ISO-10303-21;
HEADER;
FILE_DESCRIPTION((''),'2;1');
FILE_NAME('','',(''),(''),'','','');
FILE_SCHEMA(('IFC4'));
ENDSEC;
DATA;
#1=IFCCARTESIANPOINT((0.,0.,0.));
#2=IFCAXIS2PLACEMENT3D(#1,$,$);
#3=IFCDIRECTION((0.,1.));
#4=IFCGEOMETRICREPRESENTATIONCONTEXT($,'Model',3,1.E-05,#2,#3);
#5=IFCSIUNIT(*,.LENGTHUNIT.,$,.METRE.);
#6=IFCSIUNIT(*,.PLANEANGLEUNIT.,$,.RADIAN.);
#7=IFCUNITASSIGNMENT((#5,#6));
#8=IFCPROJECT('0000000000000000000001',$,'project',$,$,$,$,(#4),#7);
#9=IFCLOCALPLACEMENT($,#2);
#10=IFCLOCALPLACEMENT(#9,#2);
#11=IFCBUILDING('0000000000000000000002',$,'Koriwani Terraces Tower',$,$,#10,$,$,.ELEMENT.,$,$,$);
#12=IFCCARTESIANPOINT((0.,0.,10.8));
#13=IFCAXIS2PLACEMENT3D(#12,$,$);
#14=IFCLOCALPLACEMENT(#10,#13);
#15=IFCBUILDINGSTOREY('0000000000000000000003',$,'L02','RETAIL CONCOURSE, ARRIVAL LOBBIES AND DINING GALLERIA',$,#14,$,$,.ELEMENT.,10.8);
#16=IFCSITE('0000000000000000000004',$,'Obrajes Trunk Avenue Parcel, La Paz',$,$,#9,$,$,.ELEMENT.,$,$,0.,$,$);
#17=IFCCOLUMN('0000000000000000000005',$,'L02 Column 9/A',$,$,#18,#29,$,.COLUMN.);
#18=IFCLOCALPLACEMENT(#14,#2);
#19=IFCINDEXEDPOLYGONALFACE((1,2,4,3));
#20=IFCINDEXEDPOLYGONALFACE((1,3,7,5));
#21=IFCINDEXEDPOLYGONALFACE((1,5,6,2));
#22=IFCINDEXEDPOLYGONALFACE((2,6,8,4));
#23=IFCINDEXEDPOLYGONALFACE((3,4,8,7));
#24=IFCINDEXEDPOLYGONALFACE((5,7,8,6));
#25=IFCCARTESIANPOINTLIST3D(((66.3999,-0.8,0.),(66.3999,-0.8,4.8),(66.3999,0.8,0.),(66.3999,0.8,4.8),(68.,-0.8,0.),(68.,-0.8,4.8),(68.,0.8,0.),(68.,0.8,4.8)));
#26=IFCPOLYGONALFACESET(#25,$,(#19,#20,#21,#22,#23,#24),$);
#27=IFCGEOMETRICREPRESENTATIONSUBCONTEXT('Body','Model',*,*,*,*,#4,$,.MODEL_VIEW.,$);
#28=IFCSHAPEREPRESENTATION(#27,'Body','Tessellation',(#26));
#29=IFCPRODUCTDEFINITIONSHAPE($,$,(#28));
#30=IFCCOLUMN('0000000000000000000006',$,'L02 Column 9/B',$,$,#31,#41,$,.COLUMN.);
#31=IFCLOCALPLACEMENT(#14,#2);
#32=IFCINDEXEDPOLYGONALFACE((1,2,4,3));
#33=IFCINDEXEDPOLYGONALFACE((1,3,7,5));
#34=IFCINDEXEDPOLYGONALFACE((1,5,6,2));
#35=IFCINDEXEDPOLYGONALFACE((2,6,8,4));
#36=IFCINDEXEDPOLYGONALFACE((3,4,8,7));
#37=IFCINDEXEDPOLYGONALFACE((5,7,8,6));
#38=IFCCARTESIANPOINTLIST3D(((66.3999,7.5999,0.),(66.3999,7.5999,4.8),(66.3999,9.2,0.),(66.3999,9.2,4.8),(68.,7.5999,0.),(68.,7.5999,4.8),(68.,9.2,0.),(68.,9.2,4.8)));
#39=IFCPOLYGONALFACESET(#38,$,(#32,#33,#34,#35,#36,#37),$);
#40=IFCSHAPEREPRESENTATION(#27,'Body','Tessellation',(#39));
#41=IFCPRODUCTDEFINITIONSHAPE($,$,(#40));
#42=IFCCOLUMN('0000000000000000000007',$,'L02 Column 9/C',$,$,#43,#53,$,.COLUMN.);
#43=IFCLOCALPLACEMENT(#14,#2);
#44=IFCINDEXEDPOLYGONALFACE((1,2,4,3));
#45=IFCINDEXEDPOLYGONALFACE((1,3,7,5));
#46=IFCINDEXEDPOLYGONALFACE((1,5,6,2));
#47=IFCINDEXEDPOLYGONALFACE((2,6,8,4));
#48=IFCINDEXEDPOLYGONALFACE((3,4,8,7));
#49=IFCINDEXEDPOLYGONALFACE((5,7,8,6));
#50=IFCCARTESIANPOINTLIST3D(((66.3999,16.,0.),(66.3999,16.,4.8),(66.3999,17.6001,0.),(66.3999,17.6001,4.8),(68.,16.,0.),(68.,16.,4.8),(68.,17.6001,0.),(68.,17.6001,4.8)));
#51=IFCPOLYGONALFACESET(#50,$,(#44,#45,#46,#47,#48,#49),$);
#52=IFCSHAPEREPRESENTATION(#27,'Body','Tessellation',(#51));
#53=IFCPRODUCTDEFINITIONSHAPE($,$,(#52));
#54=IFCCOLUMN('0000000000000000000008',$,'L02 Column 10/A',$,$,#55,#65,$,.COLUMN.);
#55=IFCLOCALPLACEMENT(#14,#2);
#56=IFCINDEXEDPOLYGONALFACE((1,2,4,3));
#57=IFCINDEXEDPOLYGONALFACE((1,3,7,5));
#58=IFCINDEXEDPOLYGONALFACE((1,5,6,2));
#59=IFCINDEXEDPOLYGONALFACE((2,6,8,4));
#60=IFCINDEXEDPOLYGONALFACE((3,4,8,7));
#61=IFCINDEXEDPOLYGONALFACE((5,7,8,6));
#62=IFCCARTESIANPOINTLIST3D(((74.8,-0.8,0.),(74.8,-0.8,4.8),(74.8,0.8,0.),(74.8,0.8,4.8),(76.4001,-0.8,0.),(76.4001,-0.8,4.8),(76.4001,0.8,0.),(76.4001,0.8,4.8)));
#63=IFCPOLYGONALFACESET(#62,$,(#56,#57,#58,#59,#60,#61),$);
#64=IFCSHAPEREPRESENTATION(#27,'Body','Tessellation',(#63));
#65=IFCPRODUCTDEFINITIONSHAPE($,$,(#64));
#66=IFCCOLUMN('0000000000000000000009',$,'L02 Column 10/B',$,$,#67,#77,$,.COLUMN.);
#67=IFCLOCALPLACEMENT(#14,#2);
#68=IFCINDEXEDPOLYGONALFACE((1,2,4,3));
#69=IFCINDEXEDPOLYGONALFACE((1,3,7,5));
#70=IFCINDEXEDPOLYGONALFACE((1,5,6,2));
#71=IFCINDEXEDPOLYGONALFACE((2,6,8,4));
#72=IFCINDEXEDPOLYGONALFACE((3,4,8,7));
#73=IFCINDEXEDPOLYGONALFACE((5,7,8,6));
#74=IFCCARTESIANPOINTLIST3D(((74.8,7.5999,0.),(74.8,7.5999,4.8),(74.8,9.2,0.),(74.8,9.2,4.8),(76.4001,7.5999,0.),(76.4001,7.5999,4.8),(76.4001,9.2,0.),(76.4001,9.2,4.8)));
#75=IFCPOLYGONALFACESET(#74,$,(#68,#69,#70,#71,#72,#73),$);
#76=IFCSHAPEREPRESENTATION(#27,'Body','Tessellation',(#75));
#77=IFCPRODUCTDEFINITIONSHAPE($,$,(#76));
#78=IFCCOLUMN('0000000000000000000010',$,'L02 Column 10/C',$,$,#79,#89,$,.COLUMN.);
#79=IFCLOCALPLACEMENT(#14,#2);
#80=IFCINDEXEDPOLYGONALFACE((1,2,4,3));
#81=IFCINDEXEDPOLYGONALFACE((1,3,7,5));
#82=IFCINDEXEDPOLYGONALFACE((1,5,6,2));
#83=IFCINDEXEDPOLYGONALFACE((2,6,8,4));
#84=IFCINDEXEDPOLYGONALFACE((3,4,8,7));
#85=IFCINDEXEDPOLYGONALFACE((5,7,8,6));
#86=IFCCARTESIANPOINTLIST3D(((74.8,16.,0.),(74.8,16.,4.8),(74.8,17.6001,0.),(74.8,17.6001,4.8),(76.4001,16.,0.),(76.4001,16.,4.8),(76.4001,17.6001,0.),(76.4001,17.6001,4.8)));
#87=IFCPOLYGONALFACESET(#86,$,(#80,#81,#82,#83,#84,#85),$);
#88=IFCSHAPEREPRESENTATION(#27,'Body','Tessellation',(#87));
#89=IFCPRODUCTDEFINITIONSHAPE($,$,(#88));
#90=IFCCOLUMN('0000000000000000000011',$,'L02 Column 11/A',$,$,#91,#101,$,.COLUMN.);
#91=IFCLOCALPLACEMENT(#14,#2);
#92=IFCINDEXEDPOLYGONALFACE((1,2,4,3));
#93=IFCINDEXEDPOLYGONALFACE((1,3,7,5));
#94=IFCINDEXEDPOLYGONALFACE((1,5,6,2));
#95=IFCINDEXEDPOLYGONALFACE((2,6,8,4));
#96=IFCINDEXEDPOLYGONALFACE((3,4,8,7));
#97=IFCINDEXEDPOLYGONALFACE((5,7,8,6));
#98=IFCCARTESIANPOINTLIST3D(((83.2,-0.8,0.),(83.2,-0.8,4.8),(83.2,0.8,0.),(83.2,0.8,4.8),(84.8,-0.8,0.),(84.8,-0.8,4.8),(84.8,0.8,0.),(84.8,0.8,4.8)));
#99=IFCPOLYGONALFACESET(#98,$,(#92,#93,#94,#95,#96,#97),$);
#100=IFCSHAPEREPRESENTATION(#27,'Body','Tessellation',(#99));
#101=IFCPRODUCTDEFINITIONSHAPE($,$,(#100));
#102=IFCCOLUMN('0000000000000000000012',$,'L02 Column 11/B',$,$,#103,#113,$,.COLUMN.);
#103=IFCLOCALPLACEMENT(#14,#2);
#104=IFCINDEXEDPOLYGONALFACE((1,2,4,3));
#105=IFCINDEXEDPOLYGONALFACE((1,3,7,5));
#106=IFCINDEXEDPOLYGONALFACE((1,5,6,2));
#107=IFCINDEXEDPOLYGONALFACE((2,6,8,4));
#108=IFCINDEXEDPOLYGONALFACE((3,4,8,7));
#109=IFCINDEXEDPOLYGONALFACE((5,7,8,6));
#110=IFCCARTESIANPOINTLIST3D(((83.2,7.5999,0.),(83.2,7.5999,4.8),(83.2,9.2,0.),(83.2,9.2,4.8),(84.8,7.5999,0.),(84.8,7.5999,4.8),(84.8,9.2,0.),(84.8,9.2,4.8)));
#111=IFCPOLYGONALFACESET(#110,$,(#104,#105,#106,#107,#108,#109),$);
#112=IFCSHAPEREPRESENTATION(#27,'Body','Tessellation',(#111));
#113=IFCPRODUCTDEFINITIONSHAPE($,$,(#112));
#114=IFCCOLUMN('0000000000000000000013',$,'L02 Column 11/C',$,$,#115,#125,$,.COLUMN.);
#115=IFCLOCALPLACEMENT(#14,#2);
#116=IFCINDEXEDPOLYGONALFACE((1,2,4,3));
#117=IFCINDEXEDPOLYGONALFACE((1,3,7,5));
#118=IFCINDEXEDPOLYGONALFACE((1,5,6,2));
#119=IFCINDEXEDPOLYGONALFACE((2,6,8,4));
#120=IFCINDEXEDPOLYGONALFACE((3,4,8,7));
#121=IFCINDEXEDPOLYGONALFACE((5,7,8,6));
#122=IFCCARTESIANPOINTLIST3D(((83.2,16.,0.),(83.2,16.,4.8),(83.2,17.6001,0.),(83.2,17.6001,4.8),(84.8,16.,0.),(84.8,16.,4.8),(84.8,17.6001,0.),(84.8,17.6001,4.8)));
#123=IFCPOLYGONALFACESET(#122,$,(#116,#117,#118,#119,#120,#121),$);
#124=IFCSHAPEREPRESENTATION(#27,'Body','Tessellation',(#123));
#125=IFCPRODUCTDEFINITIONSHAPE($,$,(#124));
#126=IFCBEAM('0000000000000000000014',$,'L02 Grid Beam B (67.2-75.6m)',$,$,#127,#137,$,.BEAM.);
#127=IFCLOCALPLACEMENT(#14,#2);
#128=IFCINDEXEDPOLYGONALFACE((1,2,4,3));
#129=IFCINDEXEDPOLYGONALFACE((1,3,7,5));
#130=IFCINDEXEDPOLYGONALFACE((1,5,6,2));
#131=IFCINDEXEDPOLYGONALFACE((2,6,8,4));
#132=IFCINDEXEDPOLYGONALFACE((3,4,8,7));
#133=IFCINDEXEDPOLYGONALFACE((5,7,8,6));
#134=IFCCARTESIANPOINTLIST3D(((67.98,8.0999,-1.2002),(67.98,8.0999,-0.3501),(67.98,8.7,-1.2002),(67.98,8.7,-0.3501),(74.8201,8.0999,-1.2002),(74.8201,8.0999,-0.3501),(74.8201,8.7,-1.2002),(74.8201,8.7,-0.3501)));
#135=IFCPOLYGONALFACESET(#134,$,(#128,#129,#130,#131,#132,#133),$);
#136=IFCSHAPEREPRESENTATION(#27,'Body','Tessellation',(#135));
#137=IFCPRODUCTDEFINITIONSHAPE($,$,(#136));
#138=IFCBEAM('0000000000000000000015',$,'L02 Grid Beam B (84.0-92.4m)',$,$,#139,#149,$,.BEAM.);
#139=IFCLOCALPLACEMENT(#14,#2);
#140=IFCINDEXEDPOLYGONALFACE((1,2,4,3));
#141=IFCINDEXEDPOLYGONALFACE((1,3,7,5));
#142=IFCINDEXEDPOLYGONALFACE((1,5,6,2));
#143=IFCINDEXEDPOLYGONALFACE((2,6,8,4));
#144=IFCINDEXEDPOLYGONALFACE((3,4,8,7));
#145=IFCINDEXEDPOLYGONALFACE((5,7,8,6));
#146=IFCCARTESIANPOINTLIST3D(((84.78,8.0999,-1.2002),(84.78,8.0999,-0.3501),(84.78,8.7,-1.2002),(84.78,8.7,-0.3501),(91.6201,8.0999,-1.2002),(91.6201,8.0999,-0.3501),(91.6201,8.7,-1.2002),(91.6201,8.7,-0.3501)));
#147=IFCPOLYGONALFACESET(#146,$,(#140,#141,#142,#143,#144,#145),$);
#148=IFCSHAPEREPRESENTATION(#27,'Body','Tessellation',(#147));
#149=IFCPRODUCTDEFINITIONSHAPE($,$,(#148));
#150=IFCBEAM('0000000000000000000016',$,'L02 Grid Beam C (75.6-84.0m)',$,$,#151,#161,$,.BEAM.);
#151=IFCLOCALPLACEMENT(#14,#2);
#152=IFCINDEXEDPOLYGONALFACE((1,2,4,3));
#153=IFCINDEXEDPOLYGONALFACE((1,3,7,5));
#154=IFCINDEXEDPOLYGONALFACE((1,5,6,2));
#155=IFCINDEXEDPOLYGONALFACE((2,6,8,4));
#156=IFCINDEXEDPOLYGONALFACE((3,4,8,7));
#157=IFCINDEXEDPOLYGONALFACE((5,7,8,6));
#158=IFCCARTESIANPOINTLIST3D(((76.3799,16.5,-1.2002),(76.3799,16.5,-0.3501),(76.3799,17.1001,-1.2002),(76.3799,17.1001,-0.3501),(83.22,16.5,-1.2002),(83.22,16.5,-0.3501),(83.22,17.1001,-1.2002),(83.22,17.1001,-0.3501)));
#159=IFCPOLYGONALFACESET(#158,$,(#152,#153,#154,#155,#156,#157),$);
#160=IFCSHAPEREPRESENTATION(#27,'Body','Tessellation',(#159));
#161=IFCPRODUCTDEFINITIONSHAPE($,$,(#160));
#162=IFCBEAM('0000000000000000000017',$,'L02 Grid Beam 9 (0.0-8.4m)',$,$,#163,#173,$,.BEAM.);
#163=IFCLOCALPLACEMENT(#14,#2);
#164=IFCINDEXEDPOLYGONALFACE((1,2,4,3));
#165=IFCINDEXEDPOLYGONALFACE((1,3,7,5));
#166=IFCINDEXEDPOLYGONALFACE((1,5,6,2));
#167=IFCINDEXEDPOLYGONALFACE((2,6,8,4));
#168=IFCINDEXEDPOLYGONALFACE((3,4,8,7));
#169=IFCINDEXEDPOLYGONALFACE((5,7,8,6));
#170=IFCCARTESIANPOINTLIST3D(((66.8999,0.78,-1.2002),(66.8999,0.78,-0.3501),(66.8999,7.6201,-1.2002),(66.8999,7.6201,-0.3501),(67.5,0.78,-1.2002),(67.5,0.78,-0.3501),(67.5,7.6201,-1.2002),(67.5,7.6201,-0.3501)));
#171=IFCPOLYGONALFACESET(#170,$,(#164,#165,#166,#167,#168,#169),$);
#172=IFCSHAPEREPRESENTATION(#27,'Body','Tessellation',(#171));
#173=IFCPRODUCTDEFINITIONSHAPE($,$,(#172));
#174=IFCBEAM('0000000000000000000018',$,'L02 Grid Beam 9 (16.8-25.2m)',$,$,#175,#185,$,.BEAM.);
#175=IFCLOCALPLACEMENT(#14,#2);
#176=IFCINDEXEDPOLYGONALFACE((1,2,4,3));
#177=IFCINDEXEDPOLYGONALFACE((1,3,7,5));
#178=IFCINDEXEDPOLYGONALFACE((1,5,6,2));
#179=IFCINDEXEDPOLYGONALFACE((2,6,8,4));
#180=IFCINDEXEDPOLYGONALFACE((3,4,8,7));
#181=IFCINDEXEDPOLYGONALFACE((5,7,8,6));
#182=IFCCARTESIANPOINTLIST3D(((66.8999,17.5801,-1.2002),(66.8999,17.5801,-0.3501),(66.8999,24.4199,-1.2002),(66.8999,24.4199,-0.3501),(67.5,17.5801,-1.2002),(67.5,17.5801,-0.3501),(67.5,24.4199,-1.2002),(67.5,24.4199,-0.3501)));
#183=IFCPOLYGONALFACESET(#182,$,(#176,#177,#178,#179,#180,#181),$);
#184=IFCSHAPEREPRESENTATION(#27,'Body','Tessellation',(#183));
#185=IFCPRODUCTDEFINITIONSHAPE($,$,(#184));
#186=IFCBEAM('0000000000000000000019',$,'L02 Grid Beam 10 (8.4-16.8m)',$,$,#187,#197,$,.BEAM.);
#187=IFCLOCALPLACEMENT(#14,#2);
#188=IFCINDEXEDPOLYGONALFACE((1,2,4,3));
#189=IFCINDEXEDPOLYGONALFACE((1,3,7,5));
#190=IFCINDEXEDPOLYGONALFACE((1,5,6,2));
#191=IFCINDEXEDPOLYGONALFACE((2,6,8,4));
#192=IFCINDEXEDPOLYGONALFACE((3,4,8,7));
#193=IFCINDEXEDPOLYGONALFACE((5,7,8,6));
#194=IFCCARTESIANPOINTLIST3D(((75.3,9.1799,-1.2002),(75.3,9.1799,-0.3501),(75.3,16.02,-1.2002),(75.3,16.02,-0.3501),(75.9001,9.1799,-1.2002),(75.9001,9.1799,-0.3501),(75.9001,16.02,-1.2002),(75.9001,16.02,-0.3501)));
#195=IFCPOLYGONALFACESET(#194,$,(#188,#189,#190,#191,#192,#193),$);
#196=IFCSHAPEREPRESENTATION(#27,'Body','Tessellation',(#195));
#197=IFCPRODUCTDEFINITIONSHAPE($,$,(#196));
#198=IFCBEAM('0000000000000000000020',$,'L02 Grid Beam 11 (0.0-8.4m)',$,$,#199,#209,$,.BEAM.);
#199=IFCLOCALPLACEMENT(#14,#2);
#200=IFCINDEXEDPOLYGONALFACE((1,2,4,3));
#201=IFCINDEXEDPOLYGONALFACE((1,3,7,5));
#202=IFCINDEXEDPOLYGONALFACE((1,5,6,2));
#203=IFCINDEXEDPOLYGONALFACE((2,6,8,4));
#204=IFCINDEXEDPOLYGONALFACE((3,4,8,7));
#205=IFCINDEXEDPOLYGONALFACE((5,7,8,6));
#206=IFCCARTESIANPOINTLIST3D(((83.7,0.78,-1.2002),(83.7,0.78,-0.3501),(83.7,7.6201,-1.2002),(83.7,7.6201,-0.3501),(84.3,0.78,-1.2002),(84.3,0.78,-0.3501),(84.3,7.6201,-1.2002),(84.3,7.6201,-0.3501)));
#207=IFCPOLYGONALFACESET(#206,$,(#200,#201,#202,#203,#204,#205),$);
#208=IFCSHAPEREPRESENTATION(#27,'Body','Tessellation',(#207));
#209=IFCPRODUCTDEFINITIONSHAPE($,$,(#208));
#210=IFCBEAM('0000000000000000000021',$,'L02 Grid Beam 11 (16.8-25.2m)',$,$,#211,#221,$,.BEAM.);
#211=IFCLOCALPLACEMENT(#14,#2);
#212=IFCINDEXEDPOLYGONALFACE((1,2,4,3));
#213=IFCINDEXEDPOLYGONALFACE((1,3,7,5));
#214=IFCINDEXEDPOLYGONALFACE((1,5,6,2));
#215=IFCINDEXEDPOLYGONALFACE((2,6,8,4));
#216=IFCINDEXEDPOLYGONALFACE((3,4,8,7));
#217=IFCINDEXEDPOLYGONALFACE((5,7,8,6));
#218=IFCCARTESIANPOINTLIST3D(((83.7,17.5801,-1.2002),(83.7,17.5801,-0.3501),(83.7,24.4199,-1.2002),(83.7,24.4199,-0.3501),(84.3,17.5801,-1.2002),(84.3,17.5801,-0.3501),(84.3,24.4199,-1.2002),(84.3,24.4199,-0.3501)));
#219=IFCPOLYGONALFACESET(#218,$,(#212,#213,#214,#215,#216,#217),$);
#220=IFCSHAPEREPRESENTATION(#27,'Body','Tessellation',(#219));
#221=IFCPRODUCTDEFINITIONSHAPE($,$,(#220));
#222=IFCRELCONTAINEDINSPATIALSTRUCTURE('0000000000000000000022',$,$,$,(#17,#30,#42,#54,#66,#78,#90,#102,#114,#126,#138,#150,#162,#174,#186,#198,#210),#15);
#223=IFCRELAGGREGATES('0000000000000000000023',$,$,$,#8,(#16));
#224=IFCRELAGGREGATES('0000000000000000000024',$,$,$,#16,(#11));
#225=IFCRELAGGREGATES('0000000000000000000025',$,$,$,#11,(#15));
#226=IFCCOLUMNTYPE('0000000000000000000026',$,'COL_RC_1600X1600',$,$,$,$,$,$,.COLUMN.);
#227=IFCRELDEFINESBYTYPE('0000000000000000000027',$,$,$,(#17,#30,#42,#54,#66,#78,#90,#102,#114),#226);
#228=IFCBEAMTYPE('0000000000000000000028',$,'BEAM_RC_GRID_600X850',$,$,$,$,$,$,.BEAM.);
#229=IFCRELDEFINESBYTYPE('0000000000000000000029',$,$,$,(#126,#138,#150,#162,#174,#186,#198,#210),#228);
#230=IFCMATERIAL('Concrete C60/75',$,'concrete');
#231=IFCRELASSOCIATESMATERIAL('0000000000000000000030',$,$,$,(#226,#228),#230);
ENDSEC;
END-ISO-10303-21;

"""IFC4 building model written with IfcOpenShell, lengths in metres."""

from ifc_helpers import new_model, si_unit, direction, frame, origin, origin_2d, place, context, subcontext, project, spatial, rectangle, extrude, material, material_profile, profile_set, type_object, element, save


model = new_model("IFC4")

# Units and contexts
model_context = context("Model", 3, precision=1e-05, world=origin(), true_north=direction((0.0, 1.0)))
body_context = subcontext(model_context, "Body", "Model", "MODEL_VIEW")
ifc_project = project(units=[si_unit("LENGTHUNIT", "METRE"), si_unit("PLANEANGLEUNIT", "RADIAN")], contexts=[model_context])

# Site, building, storey
site_placement = place(None, origin())
site = spatial("IfcSite", under=ifc_project, at=site_placement, Name="Obrajes Trunk Avenue Parcel, La Paz", CompositionType="ELEMENT", RefElevation=0.0)
building_placement = place(site_placement, origin())
building = spatial("IfcBuilding", under=site, at=building_placement, Name="Koriwani Terraces Tower", CompositionType="ELEMENT")
storey_placement = place(building_placement, frame((0.0, 0.0, 10.8)))
storey = spatial("IfcBuildingStorey", under=building, at=storey_placement, Name="L02", Description="RETAIL CONCOURSE, ARRIVAL LOBBIES AND DINING GALLERIA", CompositionType="ELEMENT", Elevation=10.8)

# Columns
ifc_material_1 = material(Name="Concrete C60/75", Category="concrete")
ifc_material_profile_1 = material_profile(ifc_material_1, rectangle(XDim=1.6001, YDim=1.6001, at=origin_2d()), Name="Concrete C60/75", Category="LoadBearing")
ifc_profile_set_1 = profile_set([ifc_material_profile_1], Name="Concrete C60/75")
column_type = type_object("IfcColumnType", Name="COL_RC_1600X1600", PredefinedType="COLUMN", material=ifc_profile_set_1)
for number, where, z_axis, x_axis, name in (
    (1, (67.2, 0.0, 0.0), (0.0, 0.0, 1.0), (1.0, 0.0, 0.0), "L02 Column 9/A"),
    (2, (67.2, 8.3999, 0.0), (0.0, 0.0, 1.0), (1.0, 0.0, 0.0), "L02 Column 9/B"),
    (3, (67.2, 16.8, 0.0), (0.0, 0.0, 1.0), (1.0, 0.0, 0.0), "L02 Column 9/C"),
    (4, (75.6001, 0.0, 0.0), (0.0, 0.0, 1.0), (1.0, 0.0, 0.0), "L02 Column 10/A"),
    (5, (75.6001, 8.3999, 0.0), (0.0, 0.0, 1.0), (1.0, 0.0, 0.0), "L02 Column 10/B"),
    (6, (75.6001, 16.8, 0.0), (0.0, 0.0, 1.0), (1.0, 0.0, 0.0), "L02 Column 10/C"),
    (7, (84.0, 0.0, 0.0), (0.0, 0.0, 1.0), (1.0, 0.0, 0.0), "L02 Column 11/A"),
    (8, (84.0, 8.3999, 0.0), (0.0, 0.0, 1.0), (1.0, 0.0, 0.0), "L02 Column 11/B"),
    (9, (84.0, 16.8, 0.0), (0.0, 0.0, 1.0), (1.0, 0.0, 0.0), "L02 Column 11/C"),
):
    element("IfcColumn", number, at=place(storey_placement, frame(where, z_axis=z_axis, x_axis=x_axis)), inside=storey, type_object=column_type, Name=name, PredefinedType="COLUMN", context=body_context, shape_type="SweptSolid", body=[
        extrude(rectangle(XDim=1.6001, YDim=1.6001, at=origin_2d()), origin(), (0.0, 0.0, 1.0), 4.8),
    ])

# Beams
ifc_material_profile_2 = material_profile(ifc_material_1, rectangle(XDim=0.6001, YDim=0.8501, at=origin_2d()), Name="Concrete C60/75", Category="LoadBearing")
ifc_profile_set_2 = profile_set([ifc_material_profile_2], Name="Concrete C60/75")
beam_type_1 = type_object("IfcBeamType", Name="BEAM_RC_GRID_600X850", PredefinedType="BEAM", material=ifc_profile_set_2)
for number, where, z_axis, x_axis, name in (
    (10, (67.98, 8.3999, -0.7751), (1.0, 0.0, 0.0), (0.0, 1.0, 0.0), "L02 Grid Beam B (67.2-75.6m)"),
    (11, (84.78, 8.3999, -0.7751), (1.0, 0.0, 0.0), (0.0, 1.0, 0.0), "L02 Grid Beam B (84.0-92.4m)"),
    (12, (76.3799, 16.8, -0.7751), (1.0, 0.0, 0.0), (0.0, 1.0, 0.0), "L02 Grid Beam C (75.6-84.0m)"),
    (13, (67.2, 0.78, -0.7751), (0.0, 1.0, 0.0), (-1.0, 0.0, 0.0), "L02 Grid Beam 9 (0.0-8.4m)"),
):
    element("IfcBeam", number, at=place(storey_placement, frame(where, z_axis=z_axis, x_axis=x_axis)), inside=storey, type_object=beam_type_1, Name=name, PredefinedType="BEAM", context=body_context, shape_type="SweptSolid", body=[
        extrude(rectangle(XDim=0.6001, YDim=0.8501, at=origin_2d()), origin(), (0.0, 0.0, 1.0), 6.8401),
    ])
beam_1_placement = place(storey_placement, frame((67.2, 17.5801, -0.7751), z_axis=(0.0, 1.0, 0.0), x_axis=(-1.0, 0.0, 0.0)))
element("IfcBeam", 14, at=beam_1_placement, inside=storey, type_object=beam_type_1, Name="L02 Grid Beam 9 (16.8-25.2m)", PredefinedType="BEAM", context=body_context, shape_type="SweptSolid", body=[
    extrude(rectangle(XDim=0.6001, YDim=0.8501, at=origin_2d()), origin(), (0.0, 0.0, 1.0), 6.8398),
])
for number, where, z_axis, x_axis, name in (
    (15, (75.6001, 9.1799, -0.7751), (0.0, 1.0, 0.0), (-1.0, 0.0, 0.0), "L02 Grid Beam 10 (8.4-16.8m)"),
    (16, (84.0, 0.78, -0.7751), (0.0, 1.0, 0.0), (-1.0, 0.0, 0.0), "L02 Grid Beam 11 (0.0-8.4m)"),
):
    element("IfcBeam", number, at=place(storey_placement, frame(where, z_axis=z_axis, x_axis=x_axis)), inside=storey, type_object=beam_type_1, Name=name, PredefinedType="BEAM", context=body_context, shape_type="SweptSolid", body=[
        extrude(rectangle(XDim=0.6001, YDim=0.8501, at=origin_2d()), origin(), (0.0, 0.0, 1.0), 6.8401),
    ])
beam_2_placement = place(storey_placement, frame((84.0, 17.5801, -0.7751), z_axis=(0.0, 1.0, 0.0), x_axis=(-1.0, 0.0, 0.0)))
element("IfcBeam", 17, at=beam_2_placement, inside=storey, type_object=beam_type_1, Name="L02 Grid Beam 11 (16.8-25.2m)", PredefinedType="BEAM", context=body_context, shape_type="SweptSolid", body=[
    extrude(rectangle(XDim=0.6001, YDim=0.8501, at=origin_2d()), origin(), (0.0, 0.0, 1.0), 6.8398),
])

save(model, "model.ifc")
